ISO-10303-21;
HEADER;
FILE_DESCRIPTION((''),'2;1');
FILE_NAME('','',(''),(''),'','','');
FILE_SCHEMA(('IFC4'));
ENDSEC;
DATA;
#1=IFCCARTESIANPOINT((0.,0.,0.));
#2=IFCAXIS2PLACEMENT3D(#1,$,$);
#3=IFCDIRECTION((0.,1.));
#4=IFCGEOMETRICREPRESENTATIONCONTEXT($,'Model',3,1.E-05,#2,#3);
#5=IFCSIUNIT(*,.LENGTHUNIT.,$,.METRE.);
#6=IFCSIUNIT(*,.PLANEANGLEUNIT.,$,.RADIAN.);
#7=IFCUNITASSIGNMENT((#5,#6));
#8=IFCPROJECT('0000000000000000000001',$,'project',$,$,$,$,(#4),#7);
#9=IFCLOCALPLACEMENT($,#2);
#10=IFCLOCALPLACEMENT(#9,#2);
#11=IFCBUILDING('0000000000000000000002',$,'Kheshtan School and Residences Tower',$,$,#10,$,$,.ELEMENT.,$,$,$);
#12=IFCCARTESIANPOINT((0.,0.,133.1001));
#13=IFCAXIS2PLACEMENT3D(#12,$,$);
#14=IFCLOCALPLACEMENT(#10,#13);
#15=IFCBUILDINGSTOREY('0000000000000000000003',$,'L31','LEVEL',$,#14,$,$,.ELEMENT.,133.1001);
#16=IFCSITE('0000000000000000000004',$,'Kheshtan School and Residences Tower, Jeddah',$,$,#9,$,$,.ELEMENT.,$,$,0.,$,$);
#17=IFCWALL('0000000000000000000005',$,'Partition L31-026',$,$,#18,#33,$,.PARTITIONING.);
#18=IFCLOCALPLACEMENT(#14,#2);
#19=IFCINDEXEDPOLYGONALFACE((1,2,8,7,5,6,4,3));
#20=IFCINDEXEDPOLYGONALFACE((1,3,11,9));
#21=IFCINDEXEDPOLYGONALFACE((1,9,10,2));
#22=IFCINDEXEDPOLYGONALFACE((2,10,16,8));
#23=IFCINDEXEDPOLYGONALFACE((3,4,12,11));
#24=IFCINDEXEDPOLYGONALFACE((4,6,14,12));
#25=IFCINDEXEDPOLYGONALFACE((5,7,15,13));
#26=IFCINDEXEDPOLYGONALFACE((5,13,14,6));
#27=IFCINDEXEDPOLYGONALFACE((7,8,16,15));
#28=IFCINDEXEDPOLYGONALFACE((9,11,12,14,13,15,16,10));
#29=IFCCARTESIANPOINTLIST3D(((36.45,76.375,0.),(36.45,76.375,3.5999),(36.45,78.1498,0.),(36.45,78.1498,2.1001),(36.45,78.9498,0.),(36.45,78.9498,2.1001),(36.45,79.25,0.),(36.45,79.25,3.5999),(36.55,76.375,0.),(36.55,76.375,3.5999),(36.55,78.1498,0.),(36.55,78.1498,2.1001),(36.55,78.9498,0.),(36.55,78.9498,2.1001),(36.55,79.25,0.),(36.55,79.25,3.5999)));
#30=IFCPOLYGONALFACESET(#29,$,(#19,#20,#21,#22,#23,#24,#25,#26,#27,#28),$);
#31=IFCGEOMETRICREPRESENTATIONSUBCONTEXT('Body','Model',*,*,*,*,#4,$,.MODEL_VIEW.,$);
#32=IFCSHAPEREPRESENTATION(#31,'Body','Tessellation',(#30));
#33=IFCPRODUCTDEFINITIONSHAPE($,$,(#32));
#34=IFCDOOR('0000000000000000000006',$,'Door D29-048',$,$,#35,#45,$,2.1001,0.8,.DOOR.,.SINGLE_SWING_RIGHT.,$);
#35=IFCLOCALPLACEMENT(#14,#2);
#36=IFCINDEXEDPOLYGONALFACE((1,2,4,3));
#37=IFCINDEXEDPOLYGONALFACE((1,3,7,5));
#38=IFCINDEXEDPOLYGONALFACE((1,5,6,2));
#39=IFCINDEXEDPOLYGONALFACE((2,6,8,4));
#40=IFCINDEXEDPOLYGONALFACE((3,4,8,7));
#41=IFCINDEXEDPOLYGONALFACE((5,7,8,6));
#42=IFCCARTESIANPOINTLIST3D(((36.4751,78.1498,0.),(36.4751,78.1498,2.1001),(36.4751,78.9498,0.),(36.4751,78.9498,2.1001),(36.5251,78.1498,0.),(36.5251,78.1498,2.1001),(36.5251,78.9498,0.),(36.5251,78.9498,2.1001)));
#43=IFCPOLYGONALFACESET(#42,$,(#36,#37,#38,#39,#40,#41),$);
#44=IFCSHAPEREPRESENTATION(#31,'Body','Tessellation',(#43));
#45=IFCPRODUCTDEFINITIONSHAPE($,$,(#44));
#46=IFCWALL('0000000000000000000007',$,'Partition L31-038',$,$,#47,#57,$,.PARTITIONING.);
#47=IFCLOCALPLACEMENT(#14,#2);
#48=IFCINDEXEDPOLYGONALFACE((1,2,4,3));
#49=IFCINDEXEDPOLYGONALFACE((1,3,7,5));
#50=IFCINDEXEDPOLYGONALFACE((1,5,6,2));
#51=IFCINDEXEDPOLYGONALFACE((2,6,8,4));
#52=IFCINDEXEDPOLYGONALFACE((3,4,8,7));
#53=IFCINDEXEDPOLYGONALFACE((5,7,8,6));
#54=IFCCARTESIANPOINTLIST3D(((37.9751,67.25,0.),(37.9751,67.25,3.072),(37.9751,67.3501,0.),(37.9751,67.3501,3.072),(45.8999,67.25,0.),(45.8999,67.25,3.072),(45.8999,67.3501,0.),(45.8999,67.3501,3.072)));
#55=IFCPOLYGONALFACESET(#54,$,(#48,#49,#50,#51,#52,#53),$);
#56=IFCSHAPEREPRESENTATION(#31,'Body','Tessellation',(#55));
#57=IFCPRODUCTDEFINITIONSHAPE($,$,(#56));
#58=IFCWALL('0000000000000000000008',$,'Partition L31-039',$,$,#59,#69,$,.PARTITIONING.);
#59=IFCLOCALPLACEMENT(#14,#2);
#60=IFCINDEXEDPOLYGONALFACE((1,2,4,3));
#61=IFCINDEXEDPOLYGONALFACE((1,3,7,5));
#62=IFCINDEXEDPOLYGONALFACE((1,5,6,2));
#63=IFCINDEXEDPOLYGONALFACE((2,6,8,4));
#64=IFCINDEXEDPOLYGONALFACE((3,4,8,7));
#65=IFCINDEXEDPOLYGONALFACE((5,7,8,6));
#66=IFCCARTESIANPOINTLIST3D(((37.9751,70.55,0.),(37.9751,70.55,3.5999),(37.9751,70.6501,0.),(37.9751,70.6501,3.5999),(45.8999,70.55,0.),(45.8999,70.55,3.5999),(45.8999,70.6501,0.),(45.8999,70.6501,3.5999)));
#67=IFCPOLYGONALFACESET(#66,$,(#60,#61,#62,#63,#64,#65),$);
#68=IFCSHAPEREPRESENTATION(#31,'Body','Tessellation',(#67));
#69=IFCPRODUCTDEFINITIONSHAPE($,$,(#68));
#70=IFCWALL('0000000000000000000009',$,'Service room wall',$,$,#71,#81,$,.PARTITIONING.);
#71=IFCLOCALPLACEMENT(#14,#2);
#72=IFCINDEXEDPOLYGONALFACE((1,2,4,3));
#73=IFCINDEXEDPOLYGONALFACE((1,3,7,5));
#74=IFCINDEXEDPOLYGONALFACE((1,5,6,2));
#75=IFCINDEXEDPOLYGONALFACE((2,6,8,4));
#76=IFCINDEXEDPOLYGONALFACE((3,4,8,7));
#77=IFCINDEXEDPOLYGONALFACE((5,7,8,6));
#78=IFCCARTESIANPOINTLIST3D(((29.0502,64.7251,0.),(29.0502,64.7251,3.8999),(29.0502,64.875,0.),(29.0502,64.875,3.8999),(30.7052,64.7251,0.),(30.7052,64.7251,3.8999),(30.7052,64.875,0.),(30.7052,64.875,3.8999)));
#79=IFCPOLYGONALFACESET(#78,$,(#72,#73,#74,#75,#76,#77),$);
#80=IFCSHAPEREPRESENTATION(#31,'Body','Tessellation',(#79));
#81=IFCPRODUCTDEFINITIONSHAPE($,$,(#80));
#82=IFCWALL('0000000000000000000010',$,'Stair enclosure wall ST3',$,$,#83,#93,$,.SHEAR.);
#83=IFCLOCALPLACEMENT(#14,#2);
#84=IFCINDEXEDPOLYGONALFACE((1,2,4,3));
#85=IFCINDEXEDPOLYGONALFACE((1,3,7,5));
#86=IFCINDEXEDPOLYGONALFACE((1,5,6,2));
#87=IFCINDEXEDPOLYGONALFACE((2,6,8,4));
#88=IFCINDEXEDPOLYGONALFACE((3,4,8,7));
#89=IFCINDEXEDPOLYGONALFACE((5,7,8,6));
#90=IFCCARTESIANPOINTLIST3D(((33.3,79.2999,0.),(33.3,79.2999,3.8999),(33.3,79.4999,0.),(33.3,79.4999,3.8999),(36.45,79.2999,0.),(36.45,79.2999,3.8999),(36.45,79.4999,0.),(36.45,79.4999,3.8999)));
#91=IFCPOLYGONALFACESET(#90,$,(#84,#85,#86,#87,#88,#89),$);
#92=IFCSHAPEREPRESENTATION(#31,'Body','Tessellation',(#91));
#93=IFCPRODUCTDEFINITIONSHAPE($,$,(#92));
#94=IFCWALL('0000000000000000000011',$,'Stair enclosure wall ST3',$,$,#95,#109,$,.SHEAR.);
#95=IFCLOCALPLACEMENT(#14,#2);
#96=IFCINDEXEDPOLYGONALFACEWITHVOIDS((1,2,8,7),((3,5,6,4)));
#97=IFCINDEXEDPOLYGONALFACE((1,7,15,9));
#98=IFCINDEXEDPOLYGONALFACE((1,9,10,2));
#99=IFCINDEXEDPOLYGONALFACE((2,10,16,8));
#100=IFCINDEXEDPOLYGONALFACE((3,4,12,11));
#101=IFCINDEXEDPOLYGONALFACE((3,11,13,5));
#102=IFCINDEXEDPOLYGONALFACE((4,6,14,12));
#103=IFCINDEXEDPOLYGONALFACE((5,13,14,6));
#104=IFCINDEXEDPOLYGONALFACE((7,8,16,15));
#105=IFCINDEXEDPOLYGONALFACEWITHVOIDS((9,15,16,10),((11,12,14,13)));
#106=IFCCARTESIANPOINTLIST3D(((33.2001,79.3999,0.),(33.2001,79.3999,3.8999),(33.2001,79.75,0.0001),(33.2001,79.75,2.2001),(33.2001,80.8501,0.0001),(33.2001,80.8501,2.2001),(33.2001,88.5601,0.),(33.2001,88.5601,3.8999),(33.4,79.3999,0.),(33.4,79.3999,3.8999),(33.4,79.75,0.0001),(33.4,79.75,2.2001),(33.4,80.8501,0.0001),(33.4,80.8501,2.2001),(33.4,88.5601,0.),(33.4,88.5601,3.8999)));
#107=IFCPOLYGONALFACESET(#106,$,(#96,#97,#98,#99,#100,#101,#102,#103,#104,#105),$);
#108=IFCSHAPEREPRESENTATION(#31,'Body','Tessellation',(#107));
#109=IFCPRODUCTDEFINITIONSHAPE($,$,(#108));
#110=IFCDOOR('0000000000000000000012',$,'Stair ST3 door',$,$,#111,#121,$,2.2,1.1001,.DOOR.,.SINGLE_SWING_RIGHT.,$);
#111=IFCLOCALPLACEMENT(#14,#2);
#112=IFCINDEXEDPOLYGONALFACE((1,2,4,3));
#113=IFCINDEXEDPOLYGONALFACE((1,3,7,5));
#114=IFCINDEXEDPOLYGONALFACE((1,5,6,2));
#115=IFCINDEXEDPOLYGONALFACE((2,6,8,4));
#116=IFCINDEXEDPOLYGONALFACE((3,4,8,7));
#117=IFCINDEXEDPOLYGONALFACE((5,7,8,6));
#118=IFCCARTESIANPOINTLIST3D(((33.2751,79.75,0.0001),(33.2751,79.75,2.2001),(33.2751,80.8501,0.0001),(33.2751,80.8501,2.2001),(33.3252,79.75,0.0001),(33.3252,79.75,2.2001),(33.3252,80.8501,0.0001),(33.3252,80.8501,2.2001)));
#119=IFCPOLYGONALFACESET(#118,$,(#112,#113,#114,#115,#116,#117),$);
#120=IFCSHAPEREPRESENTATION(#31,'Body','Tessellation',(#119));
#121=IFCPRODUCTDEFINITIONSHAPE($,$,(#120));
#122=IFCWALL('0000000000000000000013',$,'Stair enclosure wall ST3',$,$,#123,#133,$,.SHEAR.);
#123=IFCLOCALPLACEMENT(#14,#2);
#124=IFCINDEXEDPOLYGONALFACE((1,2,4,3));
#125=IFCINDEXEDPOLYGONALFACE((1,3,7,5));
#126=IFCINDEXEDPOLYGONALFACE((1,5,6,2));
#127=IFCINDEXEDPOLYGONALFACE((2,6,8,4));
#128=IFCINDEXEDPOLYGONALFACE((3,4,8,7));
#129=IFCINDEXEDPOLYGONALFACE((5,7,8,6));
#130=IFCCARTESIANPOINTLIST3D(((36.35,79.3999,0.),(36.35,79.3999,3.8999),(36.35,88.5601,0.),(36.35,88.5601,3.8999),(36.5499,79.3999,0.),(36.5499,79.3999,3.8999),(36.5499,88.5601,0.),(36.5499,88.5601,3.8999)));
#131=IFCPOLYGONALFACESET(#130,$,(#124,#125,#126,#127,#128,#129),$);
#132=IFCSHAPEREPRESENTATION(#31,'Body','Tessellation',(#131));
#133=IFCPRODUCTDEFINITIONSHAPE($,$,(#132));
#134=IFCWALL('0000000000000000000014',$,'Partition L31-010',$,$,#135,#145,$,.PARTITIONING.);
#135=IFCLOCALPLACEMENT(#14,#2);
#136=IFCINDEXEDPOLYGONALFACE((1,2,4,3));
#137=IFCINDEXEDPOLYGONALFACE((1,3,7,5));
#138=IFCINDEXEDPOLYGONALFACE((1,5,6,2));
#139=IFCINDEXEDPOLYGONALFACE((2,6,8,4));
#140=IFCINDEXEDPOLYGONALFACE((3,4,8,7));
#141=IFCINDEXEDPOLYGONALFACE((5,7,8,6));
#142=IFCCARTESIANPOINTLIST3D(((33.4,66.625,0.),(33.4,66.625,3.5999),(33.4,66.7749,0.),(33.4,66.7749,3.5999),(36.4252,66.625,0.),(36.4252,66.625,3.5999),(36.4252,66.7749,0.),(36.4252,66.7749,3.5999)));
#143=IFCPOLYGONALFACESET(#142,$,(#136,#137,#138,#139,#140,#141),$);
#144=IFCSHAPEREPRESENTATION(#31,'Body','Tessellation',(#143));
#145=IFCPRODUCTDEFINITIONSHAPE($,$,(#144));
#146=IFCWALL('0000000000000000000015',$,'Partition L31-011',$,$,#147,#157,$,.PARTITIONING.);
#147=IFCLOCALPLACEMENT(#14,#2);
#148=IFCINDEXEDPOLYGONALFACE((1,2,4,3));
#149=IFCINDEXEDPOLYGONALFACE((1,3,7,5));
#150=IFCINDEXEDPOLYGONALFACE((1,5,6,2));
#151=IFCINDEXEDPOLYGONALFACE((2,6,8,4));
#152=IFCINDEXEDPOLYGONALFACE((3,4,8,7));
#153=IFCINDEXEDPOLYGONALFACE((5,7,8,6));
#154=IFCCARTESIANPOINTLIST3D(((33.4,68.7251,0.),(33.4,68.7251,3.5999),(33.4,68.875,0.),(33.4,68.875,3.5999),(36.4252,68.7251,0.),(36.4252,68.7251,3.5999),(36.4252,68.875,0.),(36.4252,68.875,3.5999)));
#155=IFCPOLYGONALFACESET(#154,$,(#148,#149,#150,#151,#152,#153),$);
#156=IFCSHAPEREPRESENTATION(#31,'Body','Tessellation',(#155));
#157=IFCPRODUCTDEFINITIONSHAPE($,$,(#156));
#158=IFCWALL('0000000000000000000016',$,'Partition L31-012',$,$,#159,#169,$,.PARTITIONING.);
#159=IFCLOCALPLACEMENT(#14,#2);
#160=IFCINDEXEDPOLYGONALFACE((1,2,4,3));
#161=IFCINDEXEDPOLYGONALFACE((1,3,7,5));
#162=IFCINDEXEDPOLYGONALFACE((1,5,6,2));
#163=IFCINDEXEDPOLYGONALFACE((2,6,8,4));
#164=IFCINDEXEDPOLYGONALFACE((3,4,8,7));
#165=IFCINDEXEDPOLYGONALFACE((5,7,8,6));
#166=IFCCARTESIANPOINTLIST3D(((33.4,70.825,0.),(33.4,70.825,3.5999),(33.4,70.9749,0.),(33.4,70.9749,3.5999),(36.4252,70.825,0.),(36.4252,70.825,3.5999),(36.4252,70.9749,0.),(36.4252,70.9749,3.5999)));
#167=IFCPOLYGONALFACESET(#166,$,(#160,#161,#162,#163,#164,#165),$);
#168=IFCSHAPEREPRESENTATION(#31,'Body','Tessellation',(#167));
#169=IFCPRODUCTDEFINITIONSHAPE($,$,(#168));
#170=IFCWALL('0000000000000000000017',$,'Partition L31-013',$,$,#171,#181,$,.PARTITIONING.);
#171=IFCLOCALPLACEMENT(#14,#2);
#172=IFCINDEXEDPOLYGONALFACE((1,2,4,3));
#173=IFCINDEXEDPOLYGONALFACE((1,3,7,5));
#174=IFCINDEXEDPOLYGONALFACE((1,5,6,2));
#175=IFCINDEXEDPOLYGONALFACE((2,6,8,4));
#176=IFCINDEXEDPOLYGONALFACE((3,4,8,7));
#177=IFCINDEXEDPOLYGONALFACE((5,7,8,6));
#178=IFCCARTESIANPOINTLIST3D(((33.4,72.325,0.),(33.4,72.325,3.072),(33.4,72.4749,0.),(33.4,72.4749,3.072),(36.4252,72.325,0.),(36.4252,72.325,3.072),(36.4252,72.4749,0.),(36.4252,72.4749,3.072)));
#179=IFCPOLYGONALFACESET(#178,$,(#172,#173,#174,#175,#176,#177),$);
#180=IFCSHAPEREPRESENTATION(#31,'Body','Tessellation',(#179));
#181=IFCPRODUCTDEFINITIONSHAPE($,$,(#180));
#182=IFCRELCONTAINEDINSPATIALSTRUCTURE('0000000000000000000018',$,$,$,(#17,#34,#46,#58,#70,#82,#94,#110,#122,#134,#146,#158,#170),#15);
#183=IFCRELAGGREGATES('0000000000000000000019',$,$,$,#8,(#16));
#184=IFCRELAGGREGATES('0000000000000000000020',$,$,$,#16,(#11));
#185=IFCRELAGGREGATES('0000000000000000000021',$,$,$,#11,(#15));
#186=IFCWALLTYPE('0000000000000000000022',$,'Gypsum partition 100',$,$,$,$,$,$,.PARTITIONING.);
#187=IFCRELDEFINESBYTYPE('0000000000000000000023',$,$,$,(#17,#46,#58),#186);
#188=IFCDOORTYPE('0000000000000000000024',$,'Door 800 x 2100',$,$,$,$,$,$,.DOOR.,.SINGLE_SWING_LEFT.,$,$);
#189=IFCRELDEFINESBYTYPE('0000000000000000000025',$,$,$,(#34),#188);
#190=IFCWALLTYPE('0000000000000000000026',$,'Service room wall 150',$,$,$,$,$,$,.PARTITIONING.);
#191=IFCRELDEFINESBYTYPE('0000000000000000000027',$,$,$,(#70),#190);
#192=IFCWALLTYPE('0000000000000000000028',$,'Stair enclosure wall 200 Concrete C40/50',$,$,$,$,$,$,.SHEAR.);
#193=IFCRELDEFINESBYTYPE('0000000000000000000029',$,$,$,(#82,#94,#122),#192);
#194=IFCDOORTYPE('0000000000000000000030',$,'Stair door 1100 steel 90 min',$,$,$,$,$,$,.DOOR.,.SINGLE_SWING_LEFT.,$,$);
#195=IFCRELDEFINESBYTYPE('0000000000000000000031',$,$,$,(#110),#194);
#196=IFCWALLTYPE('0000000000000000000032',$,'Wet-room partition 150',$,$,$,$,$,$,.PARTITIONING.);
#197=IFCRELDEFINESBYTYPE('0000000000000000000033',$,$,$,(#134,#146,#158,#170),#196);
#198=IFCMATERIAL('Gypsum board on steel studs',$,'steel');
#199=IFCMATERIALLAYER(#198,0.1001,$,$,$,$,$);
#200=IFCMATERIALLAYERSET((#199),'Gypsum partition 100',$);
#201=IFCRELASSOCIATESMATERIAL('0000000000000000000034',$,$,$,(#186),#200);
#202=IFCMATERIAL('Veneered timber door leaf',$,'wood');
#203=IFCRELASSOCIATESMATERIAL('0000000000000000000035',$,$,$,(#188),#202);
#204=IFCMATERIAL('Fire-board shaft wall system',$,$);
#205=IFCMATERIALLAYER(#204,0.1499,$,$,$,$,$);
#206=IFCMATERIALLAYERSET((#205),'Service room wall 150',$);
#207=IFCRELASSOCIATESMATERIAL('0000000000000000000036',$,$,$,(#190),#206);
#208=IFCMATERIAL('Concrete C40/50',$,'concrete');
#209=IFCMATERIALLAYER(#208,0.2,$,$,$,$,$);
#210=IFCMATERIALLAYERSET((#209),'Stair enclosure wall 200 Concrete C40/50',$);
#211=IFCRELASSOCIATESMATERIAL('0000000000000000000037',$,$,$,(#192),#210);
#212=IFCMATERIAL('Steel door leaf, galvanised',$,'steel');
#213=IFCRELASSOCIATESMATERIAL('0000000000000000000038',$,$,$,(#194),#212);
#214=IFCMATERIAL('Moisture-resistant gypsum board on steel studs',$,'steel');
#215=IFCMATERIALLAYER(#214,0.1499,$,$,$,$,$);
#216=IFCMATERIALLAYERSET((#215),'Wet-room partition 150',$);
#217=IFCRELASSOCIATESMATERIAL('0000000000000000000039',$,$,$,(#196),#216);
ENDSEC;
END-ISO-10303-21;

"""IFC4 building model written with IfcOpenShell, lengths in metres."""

from ifc_helpers import new_model, si_unit, direction, frame, frame_2d, origin, place, context, subcontext, project, spatial, rectangle, extrude, source, transform, mapped, material, layer, layer_set, type_object, element, fill, save


model = new_model("IFC4")

# Units and contexts
model_context = context("Model", 3, precision=1e-05, world=origin(), true_north=direction((0.0, 1.0)))
body_context = subcontext(model_context, "Body", "Model", "MODEL_VIEW")
ifc_project = project(units=[si_unit("LENGTHUNIT", "METRE"), si_unit("PLANEANGLEUNIT", "RADIAN")], contexts=[model_context])

# Site, building, storey
site_placement = place(None, origin())
site = spatial("IfcSite", under=ifc_project, at=site_placement, Name="Kheshtan School and Residences Tower, Jeddah", CompositionType="ELEMENT", RefElevation=0.0)
building_placement = place(site_placement, origin())
building = spatial("IfcBuilding", under=site, at=building_placement, Name="Kheshtan School and Residences Tower", CompositionType="ELEMENT")
storey_placement = place(building_placement, frame((0.0, 0.0, 133.1001)))
storey = spatial("IfcBuildingStorey", under=building, at=storey_placement, Name="L31", Description="LEVEL", CompositionType="ELEMENT", Elevation=133.1001)

# Shared definitions
ifc_material_1 = material(Name="Gypsum board on steel studs", Category="steel")
ifc_layer_1 = layer(ifc_material_1, 0.1001)
ifc_layer_set_1 = layer_set([ifc_layer_1], Name="Gypsum partition 100")
wall_type_1 = type_object("IfcWallType", Name="Gypsum partition 100", PredefinedType="PARTITIONING", material=ifc_layer_set_1)

# Wall, opening, door
ifc_material_2 = material(Name="Veneered timber door leaf", Category="wood")
wall_1_placement = place(storey_placement, frame((36.5, 76.375, 0.0), z_axis=(0.0, 0.0, 1.0), x_axis=(0.0, 1.0, 0.0)))
wall_1 = element("IfcWall", 1, at=wall_1_placement, inside=storey, type_object=wall_type_1, Name="Partition L31-026", PredefinedType="PARTITIONING", context=body_context, shape_type="SweptSolid", body=[
    extrude(rectangle(XDim=2.875, YDim=0.1001, at=frame_2d((1.4375, 0.0))), origin(), (0.0, 0.0, 1.0), 3.5999),
])
opening_1_placement = place(wall_1_placement, frame((1.7749, 0.0, 0.0)))
opening_1 = element("IfcOpeningElement", 2, at=opening_1_placement, cuts=wall_1, PredefinedType="OPENING", context=body_context, shape_type="SweptSolid", body=[
    extrude(rectangle(XDim=0.8, YDim=2.1001, at=frame_2d((0.3999, 1.05))), frame((0.0, 0.0601, 0.0), z_axis=(0.0, -1.0, 0.0), x_axis=(1.0, 0.0, 0.0)), (0.0, 0.0, 1.0), 0.1201),
])
door_type_1 = type_object("IfcDoorType", Name="Door 800 x 2100", OperationType="SINGLE_SWING_LEFT", PredefinedType="DOOR", material=ifc_material_2)
shared_shape_1 = source(origin(), body_context, "Body", "SweptSolid", [
    extrude(rectangle(XDim=0.8, YDim=2.1001, at=frame_2d((0.3999, 1.05))), frame((0.0, 0.0249, 0.0), z_axis=(0.0, -1.0, 0.0), x_axis=(1.0, 0.0, 0.0)), (0.0, 0.0, 1.0), 0.05),
])
door_1_placement = place(opening_1_placement, origin())
door_1 = element("IfcDoor", 3, at=door_1_placement, inside=storey, type_object=door_type_1, Name="Door D29-048", OperationType="SINGLE_SWING_RIGHT", OverallHeight=2.1001, OverallWidth=0.8, PredefinedType="DOOR", context=body_context, shape_type="MappedRepresentation", body=[
    mapped(shared_shape_1, transform((0.0, 0.0, 0.0), x_axis=(1.0, 0.0, 0.0), y_axis=(0.0, 1.0, 0.0), z_axis=(0.0, 0.0, 1.0), scale=1.0)),
])
fill(opening_1, door_1)

# Walls
wall_2_placement = place(storey_placement, frame((37.9751, 67.3, 0.0), z_axis=(0.0, 0.0, 1.0), x_axis=(1.0, 0.0, 0.0)))
element("IfcWall", 4, at=wall_2_placement, inside=storey, type_object=wall_type_1, Name="Partition L31-038", PredefinedType="PARTITIONING", context=body_context, shape_type="SweptSolid", body=[
    extrude(rectangle(XDim=7.9248, YDim=0.1001, at=frame_2d((3.9624, 0.0))), origin(), (0.0, 0.0, 1.0), 3.072),
])
wall_3_placement = place(storey_placement, frame((37.9751, 70.6001, 0.0), z_axis=(0.0, 0.0, 1.0), x_axis=(1.0, 0.0, 0.0)))
element("IfcWall", 5, at=wall_3_placement, inside=storey, type_object=wall_type_1, Name="Partition L31-039", PredefinedType="PARTITIONING", context=body_context, shape_type="SweptSolid", body=[
    extrude(rectangle(XDim=7.9248, YDim=0.1001, at=frame_2d((3.9624, 0.0))), origin(), (0.0, 0.0, 1.0), 3.5999),
])
ifc_material_3 = material(Name="Fire-board shaft wall system")
ifc_layer_2 = layer(ifc_material_3, 0.1499)
ifc_layer_set_2 = layer_set([ifc_layer_2], Name="Service room wall 150")
wall_type_2 = type_object("IfcWallType", Name="Service room wall 150", PredefinedType="PARTITIONING", material=ifc_layer_set_2)
wall_4_placement = place(storey_placement, frame((29.05, 64.8, 0.0), z_axis=(0.0, 0.0, 1.0), x_axis=(1.0, 0.0, 0.0)))
element("IfcWall", 6, at=wall_4_placement, inside=storey, type_object=wall_type_2, Name="Service room wall", PredefinedType="PARTITIONING", context=body_context, shape_type="SweptSolid", body=[
    extrude(rectangle(XDim=1.655, YDim=0.1499, at=frame_2d((0.8276, 0.0))), origin(), (0.0, 0.0, 1.0), 3.8999),
])
ifc_material_4 = material(Name="Concrete C40/50", Category="concrete")
ifc_layer_3 = layer(ifc_material_4, 0.2)
ifc_layer_set_3 = layer_set([ifc_layer_3], Name="Stair enclosure wall 200 Concrete C40/50")
wall_type_3 = type_object("IfcWallType", Name="Stair enclosure wall 200 Concrete C40/50", PredefinedType="SHEAR", material=ifc_layer_set_3)
wall_5_placement = place(storey_placement, frame((33.3, 79.3999, 0.0), z_axis=(0.0, 0.0, 1.0), x_axis=(1.0, 0.0, 0.0)))
element("IfcWall", 7, at=wall_5_placement, inside=storey, type_object=wall_type_3, Name="Stair enclosure wall ST3", PredefinedType="SHEAR", context=body_context, shape_type="SweptSolid", body=[
    extrude(rectangle(XDim=3.1499, YDim=0.2, at=frame_2d((1.575, 0.0))), origin(), (0.0, 0.0, 1.0), 3.8999),
])

# Wall, opening, door
wall_6_placement = place(storey_placement, frame((33.3, 79.3999, 0.0), z_axis=(0.0, 0.0, 1.0), x_axis=(0.0, 1.0, 0.0)))
wall_6 = element("IfcWall", 8, at=wall_6_placement, inside=storey, type_object=wall_type_3, Name="Stair enclosure wall ST3", PredefinedType="SHEAR", context=body_context, shape_type="SweptSolid", body=[
    extrude(rectangle(XDim=9.1602, YDim=0.2, at=frame_2d((4.5801, 0.0))), origin(), (0.0, 0.0, 1.0), 3.8999),
])
opening_2_placement = place(wall_6_placement, frame((0.3501, 0.0, 0.0)))
opening_2 = element("IfcOpeningElement", 9, at=opening_2_placement, cuts=wall_6, PredefinedType="OPENING", context=body_context, shape_type="SweptSolid", body=[
    extrude(rectangle(XDim=1.1001, YDim=2.2, at=frame_2d((0.55, 1.1001))), frame((0.0, 0.1099, 0.0), z_axis=(0.0, -1.0, 0.0), x_axis=(1.0, 0.0, 0.0)), (0.0, 0.0, 1.0), 0.22),
])
ifc_material_5 = material(Name="Steel door leaf, galvanised", Category="steel")
door_type_2 = type_object("IfcDoorType", Name="Stair door 1100 steel 90 min", OperationType="SINGLE_SWING_LEFT", PredefinedType="DOOR", material=ifc_material_5)
shared_shape_2 = source(origin(), body_context, "Body", "SweptSolid", [
    extrude(rectangle(XDim=1.1001, YDim=2.2, at=frame_2d((0.55, 1.1001))), frame((0.0, 0.0249, 0.0), z_axis=(0.0, -1.0, 0.0), x_axis=(1.0, 0.0, 0.0)), (0.0, 0.0, 1.0), 0.05),
])
door_2_placement = place(opening_2_placement, origin())
door_2 = element("IfcDoor", 10, at=door_2_placement, inside=storey, type_object=door_type_2, Name="Stair ST3 door", OperationType="SINGLE_SWING_RIGHT", OverallHeight=2.2, OverallWidth=1.1001, PredefinedType="DOOR", context=body_context, shape_type="MappedRepresentation", body=[
    mapped(shared_shape_2, transform((0.0, 0.0, 0.0), x_axis=(1.0, 0.0, 0.0), y_axis=(0.0, 1.0, 0.0), z_axis=(0.0, 0.0, 1.0), scale=1.0)),
])
fill(opening_2, door_2)

# Walls
wall_7_placement = place(storey_placement, frame((36.45, 79.3999, 0.0), z_axis=(0.0, 0.0, 1.0), x_axis=(0.0, 1.0, 0.0)))
element("IfcWall", 11, at=wall_7_placement, inside=storey, type_object=wall_type_3, Name="Stair enclosure wall ST3", PredefinedType="SHEAR", context=body_context, shape_type="SweptSolid", body=[
    extrude(rectangle(XDim=9.1602, YDim=0.2, at=frame_2d((4.5801, 0.0))), origin(), (0.0, 0.0, 1.0), 3.8999),
])
ifc_material_6 = material(Name="Moisture-resistant gypsum board on steel studs", Category="steel")
ifc_layer_4 = layer(ifc_material_6, 0.1499)
ifc_layer_set_4 = layer_set([ifc_layer_4], Name="Wet-room partition 150")
wall_type_4 = type_object("IfcWallType", Name="Wet-room partition 150", PredefinedType="PARTITIONING", material=ifc_layer_set_4)
for number, where, z_axis, x_axis, name in (
    (12, (33.3999, 66.7, 0.0), (0.0, 0.0, 1.0), (1.0, 0.0, 0.0), "Partition L31-010"),
    (13, (33.3999, 68.8, 0.0), (0.0, 0.0, 1.0), (1.0, 0.0, 0.0), "Partition L31-011"),
    (14, (33.3999, 70.8999, 0.0), (0.0, 0.0, 1.0), (1.0, 0.0, 0.0), "Partition L31-012"),
):
    element("IfcWall", number, at=place(storey_placement, frame(where, z_axis=z_axis, x_axis=x_axis)), inside=storey, type_object=wall_type_4, Name=name, PredefinedType="PARTITIONING", context=body_context, shape_type="SweptSolid", body=[
        extrude(rectangle(XDim=3.0251, YDim=0.1499, at=frame_2d((1.5127, 0.0))), origin(), (0.0, 0.0, 1.0), 3.5999),
    ])
wall_8_placement = place(storey_placement, frame((33.3999, 72.3999, 0.0), z_axis=(0.0, 0.0, 1.0), x_axis=(1.0, 0.0, 0.0)))
element("IfcWall", 15, at=wall_8_placement, inside=storey, type_object=wall_type_4, Name="Partition L31-013", PredefinedType="PARTITIONING", context=body_context, shape_type="SweptSolid", body=[
    extrude(rectangle(XDim=3.0251, YDim=0.1499, at=frame_2d((1.5127, 0.0))), origin(), (0.0, 0.0, 1.0), 3.072),
])

save(model, "model.ifc")
